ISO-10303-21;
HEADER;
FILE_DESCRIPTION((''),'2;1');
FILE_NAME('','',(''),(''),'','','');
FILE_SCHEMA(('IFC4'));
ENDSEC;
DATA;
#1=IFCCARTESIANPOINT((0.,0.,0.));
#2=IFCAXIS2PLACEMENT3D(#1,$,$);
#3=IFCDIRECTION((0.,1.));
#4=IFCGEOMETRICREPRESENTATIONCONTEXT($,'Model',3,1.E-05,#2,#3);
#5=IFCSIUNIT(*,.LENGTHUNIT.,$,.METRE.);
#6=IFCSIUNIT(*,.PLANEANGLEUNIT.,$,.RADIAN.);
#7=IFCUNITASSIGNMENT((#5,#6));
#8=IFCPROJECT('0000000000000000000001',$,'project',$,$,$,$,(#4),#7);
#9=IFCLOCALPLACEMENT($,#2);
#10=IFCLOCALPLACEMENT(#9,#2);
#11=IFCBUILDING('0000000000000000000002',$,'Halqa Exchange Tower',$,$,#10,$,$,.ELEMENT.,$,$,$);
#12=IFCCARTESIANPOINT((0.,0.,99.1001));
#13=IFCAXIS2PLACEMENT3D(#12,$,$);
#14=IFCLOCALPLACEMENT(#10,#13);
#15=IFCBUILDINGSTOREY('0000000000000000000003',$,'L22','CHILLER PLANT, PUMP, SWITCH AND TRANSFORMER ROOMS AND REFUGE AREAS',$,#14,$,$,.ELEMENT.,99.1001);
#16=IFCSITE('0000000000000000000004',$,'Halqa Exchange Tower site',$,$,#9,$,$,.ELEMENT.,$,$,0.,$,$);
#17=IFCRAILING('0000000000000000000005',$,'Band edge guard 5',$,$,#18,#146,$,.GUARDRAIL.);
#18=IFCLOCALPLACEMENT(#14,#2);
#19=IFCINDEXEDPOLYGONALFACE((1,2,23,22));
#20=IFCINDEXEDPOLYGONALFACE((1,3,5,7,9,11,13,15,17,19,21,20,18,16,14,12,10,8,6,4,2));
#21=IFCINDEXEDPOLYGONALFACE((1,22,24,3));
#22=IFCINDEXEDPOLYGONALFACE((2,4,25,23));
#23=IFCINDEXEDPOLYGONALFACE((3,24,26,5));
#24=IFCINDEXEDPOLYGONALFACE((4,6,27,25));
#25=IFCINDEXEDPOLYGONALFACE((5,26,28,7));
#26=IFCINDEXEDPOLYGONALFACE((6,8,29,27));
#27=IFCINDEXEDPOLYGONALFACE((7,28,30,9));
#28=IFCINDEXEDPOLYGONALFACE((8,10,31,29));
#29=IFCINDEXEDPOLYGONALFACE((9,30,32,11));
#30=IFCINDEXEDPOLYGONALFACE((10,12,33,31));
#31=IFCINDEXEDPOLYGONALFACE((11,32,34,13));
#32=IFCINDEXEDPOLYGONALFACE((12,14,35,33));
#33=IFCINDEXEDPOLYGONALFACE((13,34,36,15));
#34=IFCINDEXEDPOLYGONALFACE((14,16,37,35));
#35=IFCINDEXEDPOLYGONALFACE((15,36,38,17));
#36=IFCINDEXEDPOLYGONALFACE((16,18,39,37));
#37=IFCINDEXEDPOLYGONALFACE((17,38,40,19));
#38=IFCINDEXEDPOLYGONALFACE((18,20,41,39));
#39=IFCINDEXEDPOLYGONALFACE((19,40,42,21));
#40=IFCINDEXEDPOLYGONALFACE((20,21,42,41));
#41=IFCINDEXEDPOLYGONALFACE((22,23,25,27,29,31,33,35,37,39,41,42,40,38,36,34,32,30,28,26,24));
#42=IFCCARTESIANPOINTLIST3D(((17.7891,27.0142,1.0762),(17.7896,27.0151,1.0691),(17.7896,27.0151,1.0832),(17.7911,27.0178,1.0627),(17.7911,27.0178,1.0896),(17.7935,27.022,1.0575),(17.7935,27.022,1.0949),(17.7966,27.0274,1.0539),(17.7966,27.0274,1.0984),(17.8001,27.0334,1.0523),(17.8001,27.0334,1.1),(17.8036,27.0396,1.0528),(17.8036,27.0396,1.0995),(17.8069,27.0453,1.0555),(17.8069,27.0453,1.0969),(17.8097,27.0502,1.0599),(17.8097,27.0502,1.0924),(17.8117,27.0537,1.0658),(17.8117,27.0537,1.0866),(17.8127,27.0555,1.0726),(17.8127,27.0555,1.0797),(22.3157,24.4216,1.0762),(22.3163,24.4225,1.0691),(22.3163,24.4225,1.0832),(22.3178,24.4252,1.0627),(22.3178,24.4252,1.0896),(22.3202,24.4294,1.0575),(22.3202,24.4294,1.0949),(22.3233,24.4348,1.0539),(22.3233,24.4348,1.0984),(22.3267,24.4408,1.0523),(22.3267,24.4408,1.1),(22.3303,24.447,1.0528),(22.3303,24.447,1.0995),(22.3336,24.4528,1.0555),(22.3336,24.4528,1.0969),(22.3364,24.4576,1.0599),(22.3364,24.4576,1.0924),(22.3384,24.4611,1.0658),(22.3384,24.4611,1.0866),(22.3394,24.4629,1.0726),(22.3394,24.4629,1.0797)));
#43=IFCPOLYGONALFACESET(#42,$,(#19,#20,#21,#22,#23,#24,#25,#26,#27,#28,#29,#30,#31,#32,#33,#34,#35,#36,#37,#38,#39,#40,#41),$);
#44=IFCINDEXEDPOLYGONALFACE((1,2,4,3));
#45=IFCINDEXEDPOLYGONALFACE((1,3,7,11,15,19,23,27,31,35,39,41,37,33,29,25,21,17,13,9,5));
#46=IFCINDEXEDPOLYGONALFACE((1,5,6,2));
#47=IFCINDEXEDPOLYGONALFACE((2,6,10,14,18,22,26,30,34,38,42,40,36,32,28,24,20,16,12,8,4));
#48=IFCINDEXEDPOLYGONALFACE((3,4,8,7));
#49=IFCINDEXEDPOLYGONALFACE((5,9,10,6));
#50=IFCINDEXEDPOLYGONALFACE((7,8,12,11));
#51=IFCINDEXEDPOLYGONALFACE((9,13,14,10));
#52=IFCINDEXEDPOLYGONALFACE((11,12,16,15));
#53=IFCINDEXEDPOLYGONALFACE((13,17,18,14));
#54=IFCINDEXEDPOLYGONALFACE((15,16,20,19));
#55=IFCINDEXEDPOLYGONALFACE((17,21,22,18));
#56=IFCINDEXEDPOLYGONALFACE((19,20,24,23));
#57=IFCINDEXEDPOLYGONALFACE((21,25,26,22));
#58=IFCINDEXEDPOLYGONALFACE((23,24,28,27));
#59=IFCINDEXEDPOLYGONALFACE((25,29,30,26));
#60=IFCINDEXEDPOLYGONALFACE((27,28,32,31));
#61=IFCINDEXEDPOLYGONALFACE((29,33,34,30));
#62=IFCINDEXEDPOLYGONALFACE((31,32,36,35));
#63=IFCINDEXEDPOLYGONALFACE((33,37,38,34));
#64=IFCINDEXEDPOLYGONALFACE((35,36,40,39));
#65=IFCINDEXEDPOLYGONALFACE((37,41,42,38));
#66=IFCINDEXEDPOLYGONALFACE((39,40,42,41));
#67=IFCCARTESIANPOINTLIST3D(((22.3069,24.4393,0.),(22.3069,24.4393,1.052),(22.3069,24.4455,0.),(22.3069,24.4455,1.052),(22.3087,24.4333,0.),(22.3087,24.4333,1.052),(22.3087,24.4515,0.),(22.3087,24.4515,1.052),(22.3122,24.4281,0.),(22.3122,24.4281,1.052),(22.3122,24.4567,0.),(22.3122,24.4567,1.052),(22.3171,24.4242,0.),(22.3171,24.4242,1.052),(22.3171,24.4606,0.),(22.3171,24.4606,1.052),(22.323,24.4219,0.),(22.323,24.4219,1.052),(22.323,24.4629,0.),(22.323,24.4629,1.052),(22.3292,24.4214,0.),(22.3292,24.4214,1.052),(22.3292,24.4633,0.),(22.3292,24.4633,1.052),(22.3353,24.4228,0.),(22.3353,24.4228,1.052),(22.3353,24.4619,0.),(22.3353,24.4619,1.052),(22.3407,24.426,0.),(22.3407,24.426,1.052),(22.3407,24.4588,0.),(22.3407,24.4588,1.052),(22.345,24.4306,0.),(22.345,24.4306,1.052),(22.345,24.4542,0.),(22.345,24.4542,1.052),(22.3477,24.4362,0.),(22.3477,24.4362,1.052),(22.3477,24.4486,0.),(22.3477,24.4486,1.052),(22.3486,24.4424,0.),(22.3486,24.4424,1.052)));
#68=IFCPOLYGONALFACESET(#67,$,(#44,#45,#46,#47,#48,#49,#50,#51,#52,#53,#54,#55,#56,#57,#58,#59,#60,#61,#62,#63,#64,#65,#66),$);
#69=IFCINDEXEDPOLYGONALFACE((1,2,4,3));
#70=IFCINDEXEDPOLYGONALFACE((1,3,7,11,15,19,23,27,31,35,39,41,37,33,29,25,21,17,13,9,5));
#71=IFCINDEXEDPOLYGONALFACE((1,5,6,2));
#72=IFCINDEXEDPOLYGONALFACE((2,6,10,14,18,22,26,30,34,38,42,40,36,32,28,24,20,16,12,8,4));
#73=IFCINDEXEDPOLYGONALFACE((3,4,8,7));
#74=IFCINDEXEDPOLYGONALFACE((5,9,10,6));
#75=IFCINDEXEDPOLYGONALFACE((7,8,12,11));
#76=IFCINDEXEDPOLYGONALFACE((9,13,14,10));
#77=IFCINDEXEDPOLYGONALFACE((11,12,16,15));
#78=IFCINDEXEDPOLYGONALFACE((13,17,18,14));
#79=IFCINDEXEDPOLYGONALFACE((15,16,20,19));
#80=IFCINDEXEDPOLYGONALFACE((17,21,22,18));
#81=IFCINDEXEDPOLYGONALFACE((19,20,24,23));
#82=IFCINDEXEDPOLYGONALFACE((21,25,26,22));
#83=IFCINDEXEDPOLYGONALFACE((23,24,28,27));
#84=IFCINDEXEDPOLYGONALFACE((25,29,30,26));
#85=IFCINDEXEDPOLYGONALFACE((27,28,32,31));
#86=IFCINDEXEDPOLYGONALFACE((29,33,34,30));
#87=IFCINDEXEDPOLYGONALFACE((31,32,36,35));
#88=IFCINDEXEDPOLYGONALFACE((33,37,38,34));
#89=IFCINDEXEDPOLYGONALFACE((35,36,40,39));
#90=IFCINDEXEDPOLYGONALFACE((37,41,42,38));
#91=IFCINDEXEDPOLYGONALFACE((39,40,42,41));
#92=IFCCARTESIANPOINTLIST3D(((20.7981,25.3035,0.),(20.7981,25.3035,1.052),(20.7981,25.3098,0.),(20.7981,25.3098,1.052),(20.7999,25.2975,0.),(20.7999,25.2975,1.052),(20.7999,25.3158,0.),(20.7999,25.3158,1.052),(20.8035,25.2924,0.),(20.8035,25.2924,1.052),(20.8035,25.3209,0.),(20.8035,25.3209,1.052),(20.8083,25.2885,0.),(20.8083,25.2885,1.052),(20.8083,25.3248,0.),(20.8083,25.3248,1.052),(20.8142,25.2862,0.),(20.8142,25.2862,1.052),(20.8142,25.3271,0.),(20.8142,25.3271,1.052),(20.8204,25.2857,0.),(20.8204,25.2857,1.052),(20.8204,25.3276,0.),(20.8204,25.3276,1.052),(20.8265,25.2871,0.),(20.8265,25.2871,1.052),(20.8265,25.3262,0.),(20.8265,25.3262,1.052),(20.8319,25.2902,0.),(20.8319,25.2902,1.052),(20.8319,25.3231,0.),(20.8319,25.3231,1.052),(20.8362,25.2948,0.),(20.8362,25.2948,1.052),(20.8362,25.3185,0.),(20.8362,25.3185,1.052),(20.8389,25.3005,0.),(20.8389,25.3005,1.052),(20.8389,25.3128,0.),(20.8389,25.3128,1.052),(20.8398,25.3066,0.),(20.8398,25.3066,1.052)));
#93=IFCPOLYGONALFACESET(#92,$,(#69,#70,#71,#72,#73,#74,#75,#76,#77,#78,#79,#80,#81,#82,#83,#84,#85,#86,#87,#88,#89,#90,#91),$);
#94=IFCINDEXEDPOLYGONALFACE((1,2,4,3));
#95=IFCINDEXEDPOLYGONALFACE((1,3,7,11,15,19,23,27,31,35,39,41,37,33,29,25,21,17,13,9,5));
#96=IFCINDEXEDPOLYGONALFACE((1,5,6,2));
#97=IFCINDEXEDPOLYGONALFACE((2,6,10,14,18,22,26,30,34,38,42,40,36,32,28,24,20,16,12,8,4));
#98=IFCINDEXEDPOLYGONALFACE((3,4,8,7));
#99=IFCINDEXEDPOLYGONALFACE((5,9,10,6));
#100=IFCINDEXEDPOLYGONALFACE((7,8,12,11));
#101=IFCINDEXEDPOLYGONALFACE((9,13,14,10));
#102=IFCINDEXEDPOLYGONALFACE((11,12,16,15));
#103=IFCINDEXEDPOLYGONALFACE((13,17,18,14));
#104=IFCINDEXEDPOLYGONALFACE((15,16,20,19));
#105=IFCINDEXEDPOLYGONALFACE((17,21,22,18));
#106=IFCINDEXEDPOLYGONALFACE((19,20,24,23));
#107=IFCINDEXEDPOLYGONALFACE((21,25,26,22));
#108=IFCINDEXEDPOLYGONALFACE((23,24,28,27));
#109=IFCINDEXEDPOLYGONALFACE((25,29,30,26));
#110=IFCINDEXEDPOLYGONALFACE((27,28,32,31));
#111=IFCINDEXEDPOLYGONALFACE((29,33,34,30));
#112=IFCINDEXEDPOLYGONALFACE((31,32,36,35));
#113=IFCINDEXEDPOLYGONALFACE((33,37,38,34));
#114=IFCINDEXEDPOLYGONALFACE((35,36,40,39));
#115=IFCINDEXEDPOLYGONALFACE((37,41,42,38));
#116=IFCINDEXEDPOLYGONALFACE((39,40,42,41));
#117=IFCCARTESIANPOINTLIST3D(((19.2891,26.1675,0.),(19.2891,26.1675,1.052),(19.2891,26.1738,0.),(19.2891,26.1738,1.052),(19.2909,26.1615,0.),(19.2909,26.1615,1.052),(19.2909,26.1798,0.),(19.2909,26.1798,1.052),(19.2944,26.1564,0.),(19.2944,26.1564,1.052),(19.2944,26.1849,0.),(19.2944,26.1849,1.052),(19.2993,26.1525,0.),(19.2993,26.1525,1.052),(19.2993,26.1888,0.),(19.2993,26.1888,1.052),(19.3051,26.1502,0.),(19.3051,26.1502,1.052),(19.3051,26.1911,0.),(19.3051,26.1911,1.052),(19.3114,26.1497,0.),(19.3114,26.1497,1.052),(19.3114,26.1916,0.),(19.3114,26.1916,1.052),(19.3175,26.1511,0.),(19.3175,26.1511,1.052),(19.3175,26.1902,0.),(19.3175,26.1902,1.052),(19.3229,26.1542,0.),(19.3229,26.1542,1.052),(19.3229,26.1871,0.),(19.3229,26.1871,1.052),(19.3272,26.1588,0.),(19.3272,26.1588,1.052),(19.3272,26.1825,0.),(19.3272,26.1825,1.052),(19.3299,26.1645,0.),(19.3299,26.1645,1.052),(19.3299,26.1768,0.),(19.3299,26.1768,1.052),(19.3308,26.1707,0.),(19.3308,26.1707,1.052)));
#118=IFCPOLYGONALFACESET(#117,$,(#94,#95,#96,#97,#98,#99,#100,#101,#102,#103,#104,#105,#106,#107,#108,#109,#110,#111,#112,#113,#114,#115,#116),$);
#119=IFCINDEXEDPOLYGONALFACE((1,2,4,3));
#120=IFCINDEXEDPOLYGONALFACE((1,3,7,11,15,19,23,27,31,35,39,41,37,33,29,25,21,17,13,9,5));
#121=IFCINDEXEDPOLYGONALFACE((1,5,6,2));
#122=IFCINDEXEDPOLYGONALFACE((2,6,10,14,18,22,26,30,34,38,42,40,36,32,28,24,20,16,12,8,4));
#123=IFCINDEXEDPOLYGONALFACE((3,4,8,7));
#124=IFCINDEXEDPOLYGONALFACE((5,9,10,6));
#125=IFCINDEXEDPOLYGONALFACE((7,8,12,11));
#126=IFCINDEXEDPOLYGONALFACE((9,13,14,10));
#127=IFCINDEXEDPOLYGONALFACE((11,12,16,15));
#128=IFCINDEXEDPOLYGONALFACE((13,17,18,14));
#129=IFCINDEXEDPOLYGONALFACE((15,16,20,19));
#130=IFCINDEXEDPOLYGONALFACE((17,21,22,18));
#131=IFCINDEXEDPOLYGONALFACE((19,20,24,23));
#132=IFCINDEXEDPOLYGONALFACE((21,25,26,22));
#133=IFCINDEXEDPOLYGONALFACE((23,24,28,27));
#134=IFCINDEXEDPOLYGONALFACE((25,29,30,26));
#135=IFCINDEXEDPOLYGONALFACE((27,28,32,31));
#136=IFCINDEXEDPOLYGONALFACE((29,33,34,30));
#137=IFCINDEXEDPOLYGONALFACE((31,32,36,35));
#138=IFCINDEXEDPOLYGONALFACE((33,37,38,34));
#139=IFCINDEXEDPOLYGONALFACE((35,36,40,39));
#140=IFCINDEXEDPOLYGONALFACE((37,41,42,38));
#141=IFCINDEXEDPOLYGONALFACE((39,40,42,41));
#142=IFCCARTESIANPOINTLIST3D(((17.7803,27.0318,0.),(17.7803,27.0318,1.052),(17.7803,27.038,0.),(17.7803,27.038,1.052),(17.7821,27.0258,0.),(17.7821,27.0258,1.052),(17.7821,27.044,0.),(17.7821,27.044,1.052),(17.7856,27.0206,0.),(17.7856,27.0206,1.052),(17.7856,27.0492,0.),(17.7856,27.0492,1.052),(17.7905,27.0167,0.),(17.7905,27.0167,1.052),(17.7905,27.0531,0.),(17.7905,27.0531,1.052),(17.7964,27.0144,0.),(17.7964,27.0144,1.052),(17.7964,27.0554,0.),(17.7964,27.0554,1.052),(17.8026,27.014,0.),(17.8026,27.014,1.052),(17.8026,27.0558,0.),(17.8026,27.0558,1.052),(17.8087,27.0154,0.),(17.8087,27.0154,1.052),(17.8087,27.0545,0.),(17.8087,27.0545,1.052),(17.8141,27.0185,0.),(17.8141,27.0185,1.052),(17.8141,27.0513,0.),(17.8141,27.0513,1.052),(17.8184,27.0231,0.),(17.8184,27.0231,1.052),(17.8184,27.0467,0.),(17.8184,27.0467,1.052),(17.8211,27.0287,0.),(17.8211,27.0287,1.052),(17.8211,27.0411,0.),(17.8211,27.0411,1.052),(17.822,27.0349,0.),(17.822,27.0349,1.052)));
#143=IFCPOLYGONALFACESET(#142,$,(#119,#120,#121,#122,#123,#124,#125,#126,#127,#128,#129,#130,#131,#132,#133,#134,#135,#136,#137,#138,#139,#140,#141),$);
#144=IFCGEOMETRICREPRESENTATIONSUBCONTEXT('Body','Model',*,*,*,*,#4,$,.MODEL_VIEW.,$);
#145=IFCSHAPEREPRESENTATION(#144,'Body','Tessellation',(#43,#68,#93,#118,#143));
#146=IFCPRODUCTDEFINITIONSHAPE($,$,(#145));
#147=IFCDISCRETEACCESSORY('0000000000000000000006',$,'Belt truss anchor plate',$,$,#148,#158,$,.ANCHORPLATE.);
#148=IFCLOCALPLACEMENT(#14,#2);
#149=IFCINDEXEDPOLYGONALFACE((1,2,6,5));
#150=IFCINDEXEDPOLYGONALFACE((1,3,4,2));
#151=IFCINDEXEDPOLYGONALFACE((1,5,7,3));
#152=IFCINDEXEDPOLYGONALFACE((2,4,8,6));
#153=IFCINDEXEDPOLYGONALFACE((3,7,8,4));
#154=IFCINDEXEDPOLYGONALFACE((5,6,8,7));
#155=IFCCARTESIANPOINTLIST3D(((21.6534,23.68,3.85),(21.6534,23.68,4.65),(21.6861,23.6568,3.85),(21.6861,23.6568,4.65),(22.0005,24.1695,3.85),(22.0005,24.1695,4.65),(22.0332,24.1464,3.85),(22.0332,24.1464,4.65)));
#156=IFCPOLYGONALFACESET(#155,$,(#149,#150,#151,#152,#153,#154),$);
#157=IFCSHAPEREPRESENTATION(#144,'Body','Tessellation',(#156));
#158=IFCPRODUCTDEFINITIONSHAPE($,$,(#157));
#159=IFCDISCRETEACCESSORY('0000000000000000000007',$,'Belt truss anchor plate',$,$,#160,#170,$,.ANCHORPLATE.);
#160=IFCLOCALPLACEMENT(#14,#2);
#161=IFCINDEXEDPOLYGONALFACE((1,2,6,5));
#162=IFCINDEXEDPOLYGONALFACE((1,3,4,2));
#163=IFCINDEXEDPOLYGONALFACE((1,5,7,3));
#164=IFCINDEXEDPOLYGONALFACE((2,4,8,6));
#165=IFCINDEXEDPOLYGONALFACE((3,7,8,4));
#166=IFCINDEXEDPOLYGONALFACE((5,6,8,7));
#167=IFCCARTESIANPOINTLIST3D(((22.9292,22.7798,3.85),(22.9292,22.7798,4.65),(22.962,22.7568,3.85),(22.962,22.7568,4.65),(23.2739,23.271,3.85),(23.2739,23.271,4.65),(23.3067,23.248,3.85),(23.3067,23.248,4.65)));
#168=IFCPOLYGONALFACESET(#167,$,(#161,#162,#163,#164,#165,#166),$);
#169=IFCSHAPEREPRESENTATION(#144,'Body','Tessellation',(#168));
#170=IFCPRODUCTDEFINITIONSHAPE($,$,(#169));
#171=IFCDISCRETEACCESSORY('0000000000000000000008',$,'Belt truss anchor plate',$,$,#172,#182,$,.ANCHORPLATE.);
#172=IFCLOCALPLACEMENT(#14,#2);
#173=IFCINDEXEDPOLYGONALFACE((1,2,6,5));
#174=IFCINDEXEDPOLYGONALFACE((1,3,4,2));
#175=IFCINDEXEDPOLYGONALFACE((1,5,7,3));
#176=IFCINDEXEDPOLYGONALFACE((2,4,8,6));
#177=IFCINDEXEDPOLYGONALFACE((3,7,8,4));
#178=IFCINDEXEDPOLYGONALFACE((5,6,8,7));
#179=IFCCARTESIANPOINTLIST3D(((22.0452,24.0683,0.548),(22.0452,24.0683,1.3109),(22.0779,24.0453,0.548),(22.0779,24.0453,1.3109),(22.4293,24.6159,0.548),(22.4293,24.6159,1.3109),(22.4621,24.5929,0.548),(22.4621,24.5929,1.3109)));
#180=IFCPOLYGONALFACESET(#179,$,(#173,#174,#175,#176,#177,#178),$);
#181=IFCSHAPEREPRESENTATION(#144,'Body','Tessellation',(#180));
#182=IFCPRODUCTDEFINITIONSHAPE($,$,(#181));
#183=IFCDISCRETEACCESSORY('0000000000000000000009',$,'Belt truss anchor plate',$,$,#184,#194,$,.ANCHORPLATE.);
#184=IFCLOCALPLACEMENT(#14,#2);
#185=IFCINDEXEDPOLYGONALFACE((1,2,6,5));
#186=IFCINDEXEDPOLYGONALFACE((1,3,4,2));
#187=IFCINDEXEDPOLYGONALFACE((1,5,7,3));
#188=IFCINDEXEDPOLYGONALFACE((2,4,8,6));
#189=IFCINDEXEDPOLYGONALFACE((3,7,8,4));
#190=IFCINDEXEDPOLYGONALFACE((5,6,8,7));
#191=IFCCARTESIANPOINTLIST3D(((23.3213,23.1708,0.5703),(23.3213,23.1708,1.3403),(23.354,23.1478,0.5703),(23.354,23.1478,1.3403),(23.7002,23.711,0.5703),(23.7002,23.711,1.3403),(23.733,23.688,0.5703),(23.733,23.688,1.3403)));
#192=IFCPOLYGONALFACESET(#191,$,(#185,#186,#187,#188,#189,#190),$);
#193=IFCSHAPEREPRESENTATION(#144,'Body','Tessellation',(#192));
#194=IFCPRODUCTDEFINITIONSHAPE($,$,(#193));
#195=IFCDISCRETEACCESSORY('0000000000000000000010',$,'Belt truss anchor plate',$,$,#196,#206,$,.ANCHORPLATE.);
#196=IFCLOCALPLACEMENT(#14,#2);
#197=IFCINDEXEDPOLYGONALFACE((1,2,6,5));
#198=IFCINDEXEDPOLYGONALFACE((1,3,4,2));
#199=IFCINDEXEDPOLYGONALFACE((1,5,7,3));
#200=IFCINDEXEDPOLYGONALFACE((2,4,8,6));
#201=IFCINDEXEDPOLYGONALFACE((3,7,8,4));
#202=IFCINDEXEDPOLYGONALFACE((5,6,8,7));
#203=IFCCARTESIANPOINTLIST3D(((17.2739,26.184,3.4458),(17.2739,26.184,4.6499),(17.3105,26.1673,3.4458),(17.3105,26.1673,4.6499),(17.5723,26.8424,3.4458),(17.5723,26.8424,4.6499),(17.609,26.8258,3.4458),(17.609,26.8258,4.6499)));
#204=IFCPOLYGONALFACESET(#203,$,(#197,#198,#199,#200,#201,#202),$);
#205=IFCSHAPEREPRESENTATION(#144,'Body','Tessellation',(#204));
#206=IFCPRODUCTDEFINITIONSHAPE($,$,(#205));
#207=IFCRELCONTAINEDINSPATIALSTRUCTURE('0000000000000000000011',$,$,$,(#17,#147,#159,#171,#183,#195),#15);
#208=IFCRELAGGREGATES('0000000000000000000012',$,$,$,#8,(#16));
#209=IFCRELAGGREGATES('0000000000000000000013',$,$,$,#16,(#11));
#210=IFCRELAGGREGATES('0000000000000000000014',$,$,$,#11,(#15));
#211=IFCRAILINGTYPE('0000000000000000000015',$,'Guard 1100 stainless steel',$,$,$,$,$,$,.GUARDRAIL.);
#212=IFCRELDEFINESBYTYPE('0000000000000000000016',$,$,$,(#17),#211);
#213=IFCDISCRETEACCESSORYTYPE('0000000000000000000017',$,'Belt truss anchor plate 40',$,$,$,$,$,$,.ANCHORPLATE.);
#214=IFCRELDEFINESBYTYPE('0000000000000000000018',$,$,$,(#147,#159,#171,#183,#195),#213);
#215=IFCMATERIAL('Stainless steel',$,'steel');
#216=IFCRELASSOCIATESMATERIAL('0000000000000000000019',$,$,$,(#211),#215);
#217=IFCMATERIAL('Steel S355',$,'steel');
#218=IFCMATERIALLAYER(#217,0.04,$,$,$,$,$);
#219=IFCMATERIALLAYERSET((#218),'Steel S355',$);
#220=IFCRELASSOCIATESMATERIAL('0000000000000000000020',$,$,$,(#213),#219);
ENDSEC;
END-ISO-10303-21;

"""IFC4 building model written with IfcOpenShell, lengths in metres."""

from ifc_helpers import new_model, si_unit, direction, frame, origin, origin_2d, place, context, subcontext, project, spatial, rectangle, circle, extrude, material, layer, layer_set, type_object, element, save


model = new_model("IFC4")

# Units and contexts
model_context = context("Model", 3, precision=1e-05, world=origin(), true_north=direction((0.0, 1.0)))
body_context = subcontext(model_context, "Body", "Model", "MODEL_VIEW")
ifc_project = project(units=[si_unit("LENGTHUNIT", "METRE"), si_unit("PLANEANGLEUNIT", "RADIAN")], contexts=[model_context])

# Site, building, storey
site_placement = place(None, origin())
site = spatial("IfcSite", under=ifc_project, at=site_placement, Name="Halqa Exchange Tower site", CompositionType="ELEMENT", RefElevation=0.0)
building_placement = place(site_placement, origin())
building = spatial("IfcBuilding", under=site, at=building_placement, Name="Halqa Exchange Tower", CompositionType="ELEMENT")
storey_placement = place(building_placement, frame((0.0, 0.0, 99.1001)))
storey = spatial("IfcBuildingStorey", under=building, at=storey_placement, Name="L22", Description="CHILLER PLANT, PUMP, SWITCH AND TRANSFORMER ROOMS AND REFUGE AREAS", CompositionType="ELEMENT", Elevation=99.1001)

# Shared definitions
ifc_material_1 = material(Name="Steel S355", Category="steel")

# Railing
ifc_material_2 = material(Name="Stainless steel", Category="steel")
railing_type = type_object("IfcRailingType", Name="Guard 1100 stainless steel", PredefinedType="GUARDRAIL", material=ifc_material_2)
railing_placement = place(storey_placement, frame((22.3276, 24.4424, 0.0)))
element("IfcRailing", 1, at=railing_placement, inside=storey, type_object=railing_type, Name="Band edge guard 5", PredefinedType="GUARDRAIL", context=body_context, shape_type="SweptSolid", body=[
    extrude(circle(Radius=0.0239, at=origin_2d()), frame((0.0, 0.0, 1.0762), z_axis=(-0.867756, 0.49699, 0.0), x_axis=(-0.49699, -0.867756, 0.0)), (0.0, 0.0, 1.0), 5.2166),
    extrude(circle(Radius=0.021, at=origin_2d()), origin(), (0.0, 0.0, 1.0), 1.052),
    extrude(circle(Radius=0.021, at=origin_2d()), frame((-1.5088, 0.8643, 0.0)), (0.0, 0.0, 1.0), 1.052),
    extrude(circle(Radius=0.021, at=origin_2d()), frame((-3.0178, 1.7283, 0.0)), (0.0, 0.0, 1.0), 1.052),
    extrude(circle(Radius=0.021, at=origin_2d()), frame((-4.5266, 2.5925, 0.0)), (0.0, 0.0, 1.0), 1.052),
])

# Discrete accessories
ifc_layer_1 = layer(ifc_material_1, 0.04)
ifc_layer_set_1 = layer_set([ifc_layer_1], Name="Steel S355")
discrete_accessory_type = type_object("IfcDiscreteAccessoryType", Name="Belt truss anchor plate 40", PredefinedType="ANCHORPLATE", material=ifc_layer_set_1)
for number, where, z_axis, x_axis, name in (
    (2, (21.8596, 23.9016, 4.25), (-0.815785, 0.578355, 0.0), (-0.578355, -0.815785, 0.0), "Belt truss anchor plate"),
    (3, (23.1016, 23.0254, 4.25), (0.818657, -0.574282, 0.0), (0.574282, 0.818657, 0.0), "Belt truss anchor plate"),
):
    element("IfcDiscreteAccessory", number, at=place(storey_placement, frame(where, z_axis=z_axis, x_axis=x_axis)), inside=storey, type_object=discrete_accessory_type, Name=name, PredefinedType="ANCHORPLATE", context=body_context, shape_type="SweptSolid", body=[
        extrude(rectangle(XDim=0.6001, YDim=0.8, at=origin_2d()), origin(), (0.0, 0.0, 1.0), 0.04),
    ])
discrete_accessory_1_placement = place(storey_placement, frame((22.27, 24.3191, 0.9294), z_axis=(-0.818657, 0.574282, 0.0), x_axis=(-0.574282, -0.818657, 0.0)))
element("IfcDiscreteAccessory", 4, at=discrete_accessory_1_placement, inside=storey, type_object=discrete_accessory_type, Name="Belt truss anchor plate", PredefinedType="ANCHORPLATE", context=body_context, shape_type="SweptSolid", body=[
    extrude(rectangle(XDim=0.6689, YDim=0.7629, at=origin_2d()), origin(), (0.0, 0.0, 1.0), 0.04),
])
discrete_accessory_2_placement = place(storey_placement, frame((23.5107, 23.4409, 0.9553), z_axis=(0.818657, -0.574282, 0.0), x_axis=(0.574282, 0.818657, 0.0)))
element("IfcDiscreteAccessory", 5, at=discrete_accessory_2_placement, inside=storey, type_object=discrete_accessory_type, Name="Belt truss anchor plate", PredefinedType="ANCHORPLATE", context=body_context, shape_type="SweptSolid", body=[
    extrude(rectangle(XDim=0.6599, YDim=0.77, at=origin_2d()), origin(), (0.0, 0.0, 1.0), 0.04),
])
discrete_accessory_3_placement = place(storey_placement, frame((17.4231, 26.5132, 4.0479), z_axis=(0.910782, -0.412888, 0.0), x_axis=(0.412888, 0.910782, 0.0)))
element("IfcDiscreteAccessory", 6, at=discrete_accessory_3_placement, inside=storey, type_object=discrete_accessory_type, Name="Belt truss anchor plate", PredefinedType="ANCHORPLATE", context=body_context, shape_type="SweptSolid", body=[
    extrude(rectangle(XDim=0.7229, YDim=1.2041, at=origin_2d()), origin(), (0.0, 0.0, 1.0), 0.0403),
])

save(model, "model.ifc")
